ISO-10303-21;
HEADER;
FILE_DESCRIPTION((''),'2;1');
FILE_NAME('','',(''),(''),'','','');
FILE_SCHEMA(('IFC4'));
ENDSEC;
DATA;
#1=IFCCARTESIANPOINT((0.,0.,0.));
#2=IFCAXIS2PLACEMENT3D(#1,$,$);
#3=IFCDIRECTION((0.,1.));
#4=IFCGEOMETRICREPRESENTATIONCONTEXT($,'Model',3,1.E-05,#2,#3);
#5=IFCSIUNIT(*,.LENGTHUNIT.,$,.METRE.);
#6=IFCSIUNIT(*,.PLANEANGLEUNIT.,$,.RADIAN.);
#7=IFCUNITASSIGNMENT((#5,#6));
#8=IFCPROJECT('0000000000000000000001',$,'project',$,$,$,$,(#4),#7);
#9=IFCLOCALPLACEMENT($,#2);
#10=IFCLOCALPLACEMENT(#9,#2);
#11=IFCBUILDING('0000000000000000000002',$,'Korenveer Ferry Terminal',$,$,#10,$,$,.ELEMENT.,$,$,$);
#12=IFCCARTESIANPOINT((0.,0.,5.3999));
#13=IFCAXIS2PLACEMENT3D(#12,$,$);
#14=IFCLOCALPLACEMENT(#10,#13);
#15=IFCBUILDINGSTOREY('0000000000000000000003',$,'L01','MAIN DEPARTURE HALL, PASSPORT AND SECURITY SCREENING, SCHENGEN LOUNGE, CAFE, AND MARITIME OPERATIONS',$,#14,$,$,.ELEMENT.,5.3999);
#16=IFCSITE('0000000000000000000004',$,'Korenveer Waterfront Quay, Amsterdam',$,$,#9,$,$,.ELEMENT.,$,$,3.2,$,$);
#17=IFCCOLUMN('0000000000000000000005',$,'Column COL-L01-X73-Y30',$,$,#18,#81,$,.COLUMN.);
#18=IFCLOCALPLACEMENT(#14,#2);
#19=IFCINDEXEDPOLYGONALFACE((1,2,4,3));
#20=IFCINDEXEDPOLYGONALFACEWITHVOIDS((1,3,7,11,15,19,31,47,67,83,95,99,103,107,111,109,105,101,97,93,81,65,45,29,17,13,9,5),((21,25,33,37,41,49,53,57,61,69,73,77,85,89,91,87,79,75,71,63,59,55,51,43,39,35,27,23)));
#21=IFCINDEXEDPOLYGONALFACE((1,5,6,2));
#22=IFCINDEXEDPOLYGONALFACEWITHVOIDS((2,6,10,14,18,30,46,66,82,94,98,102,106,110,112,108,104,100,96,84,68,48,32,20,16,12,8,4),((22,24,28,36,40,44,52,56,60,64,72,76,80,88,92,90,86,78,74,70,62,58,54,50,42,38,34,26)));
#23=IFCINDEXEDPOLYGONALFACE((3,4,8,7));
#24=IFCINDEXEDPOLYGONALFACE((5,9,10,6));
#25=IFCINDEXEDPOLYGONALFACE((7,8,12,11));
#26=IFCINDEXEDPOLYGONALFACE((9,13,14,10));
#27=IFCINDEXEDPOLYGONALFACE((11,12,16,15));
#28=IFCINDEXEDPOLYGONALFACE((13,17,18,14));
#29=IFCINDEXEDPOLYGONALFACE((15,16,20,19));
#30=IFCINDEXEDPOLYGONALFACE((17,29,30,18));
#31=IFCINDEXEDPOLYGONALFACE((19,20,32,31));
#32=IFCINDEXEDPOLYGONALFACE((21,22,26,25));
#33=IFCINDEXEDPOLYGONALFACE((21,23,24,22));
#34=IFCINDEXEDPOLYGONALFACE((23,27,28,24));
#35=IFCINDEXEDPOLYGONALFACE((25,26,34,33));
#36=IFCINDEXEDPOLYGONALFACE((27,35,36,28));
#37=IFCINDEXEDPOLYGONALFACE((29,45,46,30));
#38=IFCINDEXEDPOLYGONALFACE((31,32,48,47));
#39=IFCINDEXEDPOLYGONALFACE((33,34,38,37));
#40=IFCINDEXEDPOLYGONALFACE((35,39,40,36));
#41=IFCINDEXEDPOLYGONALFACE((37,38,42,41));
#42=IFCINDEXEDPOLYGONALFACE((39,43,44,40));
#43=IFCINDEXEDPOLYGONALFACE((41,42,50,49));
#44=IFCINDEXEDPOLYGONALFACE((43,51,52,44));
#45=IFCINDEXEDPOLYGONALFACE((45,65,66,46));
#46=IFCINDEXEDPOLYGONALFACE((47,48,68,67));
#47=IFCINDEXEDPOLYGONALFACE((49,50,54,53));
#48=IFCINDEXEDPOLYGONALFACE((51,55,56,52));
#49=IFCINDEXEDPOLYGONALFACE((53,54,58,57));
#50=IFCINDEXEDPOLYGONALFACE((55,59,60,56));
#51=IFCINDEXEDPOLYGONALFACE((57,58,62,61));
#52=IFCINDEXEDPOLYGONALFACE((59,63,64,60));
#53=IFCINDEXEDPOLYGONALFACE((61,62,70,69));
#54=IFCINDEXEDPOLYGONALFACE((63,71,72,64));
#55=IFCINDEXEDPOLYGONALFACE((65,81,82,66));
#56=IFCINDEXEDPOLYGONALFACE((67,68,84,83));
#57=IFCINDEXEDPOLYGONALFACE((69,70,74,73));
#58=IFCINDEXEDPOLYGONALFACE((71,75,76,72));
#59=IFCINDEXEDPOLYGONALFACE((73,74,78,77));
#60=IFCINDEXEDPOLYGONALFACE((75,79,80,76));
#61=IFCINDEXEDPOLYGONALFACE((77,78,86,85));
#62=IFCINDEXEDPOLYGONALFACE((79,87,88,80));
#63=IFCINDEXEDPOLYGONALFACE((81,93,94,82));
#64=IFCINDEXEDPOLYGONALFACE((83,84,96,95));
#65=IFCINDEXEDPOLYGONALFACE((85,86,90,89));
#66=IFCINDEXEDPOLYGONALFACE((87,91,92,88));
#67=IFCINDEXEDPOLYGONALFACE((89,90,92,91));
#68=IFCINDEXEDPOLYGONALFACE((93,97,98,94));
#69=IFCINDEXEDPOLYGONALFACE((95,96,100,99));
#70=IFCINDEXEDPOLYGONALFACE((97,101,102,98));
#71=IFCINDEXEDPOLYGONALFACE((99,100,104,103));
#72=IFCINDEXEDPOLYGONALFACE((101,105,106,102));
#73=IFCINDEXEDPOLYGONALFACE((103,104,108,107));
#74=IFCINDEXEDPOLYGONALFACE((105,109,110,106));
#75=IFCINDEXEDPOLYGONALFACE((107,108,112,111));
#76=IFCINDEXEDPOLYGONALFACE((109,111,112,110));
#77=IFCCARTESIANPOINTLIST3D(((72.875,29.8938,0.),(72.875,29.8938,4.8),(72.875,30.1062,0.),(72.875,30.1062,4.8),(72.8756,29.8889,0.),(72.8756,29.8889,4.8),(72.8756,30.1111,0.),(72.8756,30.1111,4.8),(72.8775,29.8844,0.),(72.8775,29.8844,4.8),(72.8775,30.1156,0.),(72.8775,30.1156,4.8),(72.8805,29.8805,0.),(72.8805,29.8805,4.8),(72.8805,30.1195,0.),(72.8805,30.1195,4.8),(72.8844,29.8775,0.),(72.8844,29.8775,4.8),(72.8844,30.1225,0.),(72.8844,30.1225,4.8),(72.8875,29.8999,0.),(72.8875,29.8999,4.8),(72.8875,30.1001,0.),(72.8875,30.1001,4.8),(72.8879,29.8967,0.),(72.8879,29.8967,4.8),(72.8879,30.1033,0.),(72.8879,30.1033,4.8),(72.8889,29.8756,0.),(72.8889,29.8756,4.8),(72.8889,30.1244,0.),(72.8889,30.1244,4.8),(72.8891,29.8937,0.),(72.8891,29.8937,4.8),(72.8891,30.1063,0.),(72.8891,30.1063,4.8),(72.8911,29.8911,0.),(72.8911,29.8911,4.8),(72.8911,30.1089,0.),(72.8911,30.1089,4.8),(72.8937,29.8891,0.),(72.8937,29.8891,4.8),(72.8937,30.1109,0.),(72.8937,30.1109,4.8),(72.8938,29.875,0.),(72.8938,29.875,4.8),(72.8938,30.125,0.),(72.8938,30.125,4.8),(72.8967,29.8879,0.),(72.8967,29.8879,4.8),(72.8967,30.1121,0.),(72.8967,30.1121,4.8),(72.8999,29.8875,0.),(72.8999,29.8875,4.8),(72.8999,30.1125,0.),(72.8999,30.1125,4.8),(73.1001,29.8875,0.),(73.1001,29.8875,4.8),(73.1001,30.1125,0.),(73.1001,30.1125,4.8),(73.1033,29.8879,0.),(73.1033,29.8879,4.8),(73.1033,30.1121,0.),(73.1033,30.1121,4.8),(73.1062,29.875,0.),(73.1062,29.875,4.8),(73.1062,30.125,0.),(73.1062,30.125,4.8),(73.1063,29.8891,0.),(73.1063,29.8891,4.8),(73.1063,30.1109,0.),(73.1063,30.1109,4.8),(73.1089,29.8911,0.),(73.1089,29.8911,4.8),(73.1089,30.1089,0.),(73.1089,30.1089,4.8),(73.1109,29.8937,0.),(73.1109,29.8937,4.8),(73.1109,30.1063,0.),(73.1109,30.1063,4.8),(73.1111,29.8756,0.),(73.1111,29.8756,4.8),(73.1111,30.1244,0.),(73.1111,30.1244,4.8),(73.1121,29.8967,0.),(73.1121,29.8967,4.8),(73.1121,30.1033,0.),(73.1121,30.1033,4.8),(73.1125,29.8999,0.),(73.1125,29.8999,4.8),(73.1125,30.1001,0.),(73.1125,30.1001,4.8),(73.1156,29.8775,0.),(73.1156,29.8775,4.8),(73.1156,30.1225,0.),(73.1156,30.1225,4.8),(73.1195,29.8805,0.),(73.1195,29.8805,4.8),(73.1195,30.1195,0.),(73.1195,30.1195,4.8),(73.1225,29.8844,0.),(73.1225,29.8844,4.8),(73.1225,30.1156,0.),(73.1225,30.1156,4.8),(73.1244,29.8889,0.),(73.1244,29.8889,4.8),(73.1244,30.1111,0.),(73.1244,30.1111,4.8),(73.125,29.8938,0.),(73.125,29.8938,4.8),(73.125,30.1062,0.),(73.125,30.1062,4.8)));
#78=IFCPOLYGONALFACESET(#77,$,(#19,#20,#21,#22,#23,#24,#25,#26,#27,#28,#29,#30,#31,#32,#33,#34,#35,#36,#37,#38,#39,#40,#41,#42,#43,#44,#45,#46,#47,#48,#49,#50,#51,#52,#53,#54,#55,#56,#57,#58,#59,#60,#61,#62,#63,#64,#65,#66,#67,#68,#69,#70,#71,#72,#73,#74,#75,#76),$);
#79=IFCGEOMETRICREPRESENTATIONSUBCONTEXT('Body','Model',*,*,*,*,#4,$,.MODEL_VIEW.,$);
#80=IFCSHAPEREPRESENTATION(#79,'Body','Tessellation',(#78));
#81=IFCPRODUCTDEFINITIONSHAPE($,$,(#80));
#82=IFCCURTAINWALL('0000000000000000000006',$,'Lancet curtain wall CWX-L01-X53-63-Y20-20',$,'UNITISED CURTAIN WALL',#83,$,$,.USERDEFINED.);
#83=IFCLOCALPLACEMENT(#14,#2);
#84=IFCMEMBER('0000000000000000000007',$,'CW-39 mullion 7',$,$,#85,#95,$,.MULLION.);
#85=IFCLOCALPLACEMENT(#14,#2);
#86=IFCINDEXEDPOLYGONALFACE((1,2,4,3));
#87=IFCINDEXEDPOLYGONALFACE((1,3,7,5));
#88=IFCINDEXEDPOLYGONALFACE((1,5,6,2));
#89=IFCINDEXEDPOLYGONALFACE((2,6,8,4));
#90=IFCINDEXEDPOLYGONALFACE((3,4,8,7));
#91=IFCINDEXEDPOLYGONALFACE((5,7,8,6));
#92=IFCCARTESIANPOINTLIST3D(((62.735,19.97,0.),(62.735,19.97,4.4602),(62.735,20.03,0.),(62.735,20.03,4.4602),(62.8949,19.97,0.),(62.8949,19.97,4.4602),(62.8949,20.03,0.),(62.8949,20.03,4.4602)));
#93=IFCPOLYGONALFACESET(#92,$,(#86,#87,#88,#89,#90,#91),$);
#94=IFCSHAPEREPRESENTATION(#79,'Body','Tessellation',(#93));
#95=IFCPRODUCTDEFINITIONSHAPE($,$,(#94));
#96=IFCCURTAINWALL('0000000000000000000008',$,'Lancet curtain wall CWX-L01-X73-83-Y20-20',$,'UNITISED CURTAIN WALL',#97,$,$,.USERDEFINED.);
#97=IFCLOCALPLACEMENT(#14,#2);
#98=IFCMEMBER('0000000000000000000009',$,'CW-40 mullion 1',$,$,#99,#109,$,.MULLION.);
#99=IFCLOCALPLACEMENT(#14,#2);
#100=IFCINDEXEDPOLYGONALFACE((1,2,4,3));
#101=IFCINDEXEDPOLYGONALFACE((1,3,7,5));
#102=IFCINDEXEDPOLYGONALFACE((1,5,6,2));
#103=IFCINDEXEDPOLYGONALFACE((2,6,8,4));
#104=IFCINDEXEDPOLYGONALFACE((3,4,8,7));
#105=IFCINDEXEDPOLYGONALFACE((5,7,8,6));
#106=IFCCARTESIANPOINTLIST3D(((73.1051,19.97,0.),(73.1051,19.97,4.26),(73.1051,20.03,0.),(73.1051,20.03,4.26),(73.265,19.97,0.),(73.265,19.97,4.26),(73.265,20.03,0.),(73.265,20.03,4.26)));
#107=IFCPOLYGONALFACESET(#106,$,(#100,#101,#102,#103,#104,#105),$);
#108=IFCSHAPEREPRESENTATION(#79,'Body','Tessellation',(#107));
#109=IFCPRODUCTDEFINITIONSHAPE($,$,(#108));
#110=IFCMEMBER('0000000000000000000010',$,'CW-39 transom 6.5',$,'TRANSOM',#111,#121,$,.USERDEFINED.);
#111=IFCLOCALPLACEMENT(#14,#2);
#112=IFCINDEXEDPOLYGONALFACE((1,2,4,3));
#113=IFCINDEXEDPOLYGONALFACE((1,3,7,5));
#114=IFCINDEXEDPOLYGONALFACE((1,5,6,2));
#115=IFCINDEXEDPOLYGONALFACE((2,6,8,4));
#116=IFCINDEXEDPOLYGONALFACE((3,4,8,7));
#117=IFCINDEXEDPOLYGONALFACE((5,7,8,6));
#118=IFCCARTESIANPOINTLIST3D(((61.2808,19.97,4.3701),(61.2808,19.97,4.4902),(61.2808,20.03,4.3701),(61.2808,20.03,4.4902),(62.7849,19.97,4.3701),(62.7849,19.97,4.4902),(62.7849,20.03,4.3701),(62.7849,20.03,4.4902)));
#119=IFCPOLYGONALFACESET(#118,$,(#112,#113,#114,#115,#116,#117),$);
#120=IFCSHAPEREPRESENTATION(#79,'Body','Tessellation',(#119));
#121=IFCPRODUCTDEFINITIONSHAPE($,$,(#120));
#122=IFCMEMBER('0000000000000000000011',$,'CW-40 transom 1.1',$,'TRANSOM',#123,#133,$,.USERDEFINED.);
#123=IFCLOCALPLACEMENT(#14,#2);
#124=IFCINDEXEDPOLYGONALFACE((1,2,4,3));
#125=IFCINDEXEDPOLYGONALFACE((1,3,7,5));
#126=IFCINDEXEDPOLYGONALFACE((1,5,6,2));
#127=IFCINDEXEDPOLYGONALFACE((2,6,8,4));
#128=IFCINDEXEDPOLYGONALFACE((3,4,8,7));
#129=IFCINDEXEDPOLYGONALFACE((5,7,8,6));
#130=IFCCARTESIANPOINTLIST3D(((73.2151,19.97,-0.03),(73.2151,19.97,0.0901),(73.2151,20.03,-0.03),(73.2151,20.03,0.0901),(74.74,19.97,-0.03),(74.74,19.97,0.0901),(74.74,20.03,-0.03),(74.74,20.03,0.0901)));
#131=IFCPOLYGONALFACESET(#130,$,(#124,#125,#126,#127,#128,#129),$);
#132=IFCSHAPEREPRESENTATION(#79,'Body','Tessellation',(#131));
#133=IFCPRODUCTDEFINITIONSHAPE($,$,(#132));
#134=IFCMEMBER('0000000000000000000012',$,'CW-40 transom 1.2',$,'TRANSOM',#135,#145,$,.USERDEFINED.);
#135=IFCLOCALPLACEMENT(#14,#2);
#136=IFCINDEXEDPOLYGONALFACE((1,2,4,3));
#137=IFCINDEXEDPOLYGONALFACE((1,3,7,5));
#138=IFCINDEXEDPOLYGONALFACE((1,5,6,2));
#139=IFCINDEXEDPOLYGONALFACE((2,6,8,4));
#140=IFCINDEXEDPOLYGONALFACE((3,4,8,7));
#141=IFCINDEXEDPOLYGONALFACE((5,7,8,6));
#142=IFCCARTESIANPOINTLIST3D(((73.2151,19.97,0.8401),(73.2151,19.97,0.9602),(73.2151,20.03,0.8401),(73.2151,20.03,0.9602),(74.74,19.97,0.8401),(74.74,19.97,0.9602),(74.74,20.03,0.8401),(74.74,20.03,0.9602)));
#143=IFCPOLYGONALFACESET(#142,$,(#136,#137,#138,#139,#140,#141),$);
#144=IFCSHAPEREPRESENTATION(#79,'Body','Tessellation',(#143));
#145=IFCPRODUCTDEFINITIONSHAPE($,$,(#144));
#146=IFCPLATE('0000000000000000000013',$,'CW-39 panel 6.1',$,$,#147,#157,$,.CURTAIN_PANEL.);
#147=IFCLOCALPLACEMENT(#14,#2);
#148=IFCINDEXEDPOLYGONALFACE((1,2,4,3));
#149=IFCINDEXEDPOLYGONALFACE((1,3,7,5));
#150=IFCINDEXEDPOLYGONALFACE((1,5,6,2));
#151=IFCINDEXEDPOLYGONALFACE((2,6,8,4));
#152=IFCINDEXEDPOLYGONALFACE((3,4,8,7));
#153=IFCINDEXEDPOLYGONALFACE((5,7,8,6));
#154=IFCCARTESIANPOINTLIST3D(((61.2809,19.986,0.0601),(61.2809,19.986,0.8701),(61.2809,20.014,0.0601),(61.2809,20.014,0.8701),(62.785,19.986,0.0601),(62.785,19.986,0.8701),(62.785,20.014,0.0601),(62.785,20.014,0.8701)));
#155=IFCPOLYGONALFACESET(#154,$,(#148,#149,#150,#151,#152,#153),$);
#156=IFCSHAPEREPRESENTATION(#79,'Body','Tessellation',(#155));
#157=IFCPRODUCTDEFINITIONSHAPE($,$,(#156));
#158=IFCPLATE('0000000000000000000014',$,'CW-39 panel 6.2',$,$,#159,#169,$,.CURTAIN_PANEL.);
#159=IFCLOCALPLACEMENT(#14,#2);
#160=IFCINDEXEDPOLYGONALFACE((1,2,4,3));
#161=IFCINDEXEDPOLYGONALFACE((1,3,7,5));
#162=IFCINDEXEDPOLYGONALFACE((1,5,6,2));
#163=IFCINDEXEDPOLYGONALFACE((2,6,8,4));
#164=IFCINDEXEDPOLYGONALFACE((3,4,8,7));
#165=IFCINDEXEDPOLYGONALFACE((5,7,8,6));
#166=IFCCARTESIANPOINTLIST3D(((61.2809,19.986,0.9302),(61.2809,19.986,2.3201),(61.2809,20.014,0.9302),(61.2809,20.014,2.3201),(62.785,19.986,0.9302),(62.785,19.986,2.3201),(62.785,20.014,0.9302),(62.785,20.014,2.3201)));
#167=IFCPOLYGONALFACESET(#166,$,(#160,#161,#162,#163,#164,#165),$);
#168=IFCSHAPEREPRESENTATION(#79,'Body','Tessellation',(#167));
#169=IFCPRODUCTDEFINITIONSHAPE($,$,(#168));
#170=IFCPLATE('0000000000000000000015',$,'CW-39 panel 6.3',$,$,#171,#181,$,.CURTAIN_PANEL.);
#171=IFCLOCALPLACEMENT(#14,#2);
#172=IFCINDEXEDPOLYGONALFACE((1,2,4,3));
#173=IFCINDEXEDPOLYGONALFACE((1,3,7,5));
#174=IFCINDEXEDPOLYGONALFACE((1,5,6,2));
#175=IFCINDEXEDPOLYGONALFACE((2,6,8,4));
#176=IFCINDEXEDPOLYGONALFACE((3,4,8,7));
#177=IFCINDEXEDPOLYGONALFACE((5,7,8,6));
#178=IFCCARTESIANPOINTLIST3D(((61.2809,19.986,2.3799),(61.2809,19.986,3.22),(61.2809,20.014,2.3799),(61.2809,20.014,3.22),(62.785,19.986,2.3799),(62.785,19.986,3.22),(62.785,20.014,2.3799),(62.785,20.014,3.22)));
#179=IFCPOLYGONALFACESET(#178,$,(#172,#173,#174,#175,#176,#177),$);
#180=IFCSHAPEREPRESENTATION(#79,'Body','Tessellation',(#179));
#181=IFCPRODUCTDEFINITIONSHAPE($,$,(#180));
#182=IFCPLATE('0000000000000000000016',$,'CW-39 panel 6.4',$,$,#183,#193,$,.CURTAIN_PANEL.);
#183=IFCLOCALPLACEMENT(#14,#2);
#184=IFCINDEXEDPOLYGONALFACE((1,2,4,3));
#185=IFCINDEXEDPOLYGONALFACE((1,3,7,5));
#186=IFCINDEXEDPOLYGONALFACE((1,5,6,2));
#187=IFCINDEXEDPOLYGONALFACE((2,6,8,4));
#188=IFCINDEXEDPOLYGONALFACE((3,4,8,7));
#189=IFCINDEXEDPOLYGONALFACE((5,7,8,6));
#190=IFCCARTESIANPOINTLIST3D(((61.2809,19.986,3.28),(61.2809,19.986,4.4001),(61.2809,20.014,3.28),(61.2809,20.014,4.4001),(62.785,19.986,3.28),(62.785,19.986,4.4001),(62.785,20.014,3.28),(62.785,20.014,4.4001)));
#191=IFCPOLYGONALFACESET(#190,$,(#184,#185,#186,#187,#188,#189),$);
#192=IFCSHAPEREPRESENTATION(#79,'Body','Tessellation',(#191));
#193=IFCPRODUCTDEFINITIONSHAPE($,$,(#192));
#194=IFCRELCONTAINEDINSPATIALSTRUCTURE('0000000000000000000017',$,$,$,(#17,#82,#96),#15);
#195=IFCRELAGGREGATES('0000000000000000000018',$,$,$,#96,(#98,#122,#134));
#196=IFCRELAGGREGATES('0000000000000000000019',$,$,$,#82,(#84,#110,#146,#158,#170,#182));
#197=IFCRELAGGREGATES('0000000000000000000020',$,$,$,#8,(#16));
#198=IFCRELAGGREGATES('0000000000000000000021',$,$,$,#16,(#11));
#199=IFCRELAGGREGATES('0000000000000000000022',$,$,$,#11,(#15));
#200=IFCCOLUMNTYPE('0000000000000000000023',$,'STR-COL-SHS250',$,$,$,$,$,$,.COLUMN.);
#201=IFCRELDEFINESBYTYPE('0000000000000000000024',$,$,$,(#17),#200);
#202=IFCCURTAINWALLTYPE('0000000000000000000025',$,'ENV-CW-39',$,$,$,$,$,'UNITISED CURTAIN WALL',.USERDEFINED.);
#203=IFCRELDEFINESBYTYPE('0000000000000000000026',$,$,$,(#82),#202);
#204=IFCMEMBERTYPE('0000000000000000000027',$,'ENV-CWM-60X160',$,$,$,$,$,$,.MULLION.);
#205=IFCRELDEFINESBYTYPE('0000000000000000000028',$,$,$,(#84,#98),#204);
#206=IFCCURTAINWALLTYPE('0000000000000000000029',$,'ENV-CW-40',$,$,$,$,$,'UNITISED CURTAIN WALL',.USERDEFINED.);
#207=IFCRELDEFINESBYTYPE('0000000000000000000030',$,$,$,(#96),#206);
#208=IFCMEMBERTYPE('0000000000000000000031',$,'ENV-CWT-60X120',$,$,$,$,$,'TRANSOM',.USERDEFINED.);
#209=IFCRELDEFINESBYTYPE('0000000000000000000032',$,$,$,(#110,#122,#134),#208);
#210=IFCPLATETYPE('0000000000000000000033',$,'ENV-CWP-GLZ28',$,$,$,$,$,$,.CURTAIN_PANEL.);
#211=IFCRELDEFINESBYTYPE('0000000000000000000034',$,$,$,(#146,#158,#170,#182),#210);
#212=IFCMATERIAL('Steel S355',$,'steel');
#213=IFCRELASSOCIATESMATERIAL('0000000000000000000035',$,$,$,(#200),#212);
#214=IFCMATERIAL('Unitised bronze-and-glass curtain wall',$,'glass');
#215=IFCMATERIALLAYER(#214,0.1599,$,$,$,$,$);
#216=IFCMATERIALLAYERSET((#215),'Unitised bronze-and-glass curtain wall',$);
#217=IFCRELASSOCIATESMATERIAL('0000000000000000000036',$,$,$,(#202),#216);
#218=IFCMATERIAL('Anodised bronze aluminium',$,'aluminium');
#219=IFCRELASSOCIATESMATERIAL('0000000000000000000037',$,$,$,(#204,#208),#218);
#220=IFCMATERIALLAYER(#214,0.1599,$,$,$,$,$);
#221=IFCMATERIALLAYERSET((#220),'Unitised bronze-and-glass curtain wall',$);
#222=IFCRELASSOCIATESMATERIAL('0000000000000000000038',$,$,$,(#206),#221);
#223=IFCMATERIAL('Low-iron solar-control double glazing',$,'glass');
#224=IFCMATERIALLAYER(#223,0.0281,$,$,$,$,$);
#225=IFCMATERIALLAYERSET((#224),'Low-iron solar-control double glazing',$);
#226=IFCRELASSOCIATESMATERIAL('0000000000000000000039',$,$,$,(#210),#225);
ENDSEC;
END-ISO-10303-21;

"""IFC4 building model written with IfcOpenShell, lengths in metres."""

from ifc_helpers import new_model, si_unit, direction, frame, origin, origin_2d, place, context, subcontext, project, spatial, rectangle, hollow_rectangle, extrude, material, layer, layer_set, material_profile, profile_set, type_object, element, aggregate, save


model = new_model("IFC4")

# Units and contexts
model_context = context("Model", 3, precision=1e-05, world=origin(), true_north=direction((0.0, 1.0)))
body_context = subcontext(model_context, "Body", "Model", "MODEL_VIEW")
ifc_project = project(units=[si_unit("LENGTHUNIT", "METRE"), si_unit("PLANEANGLEUNIT", "RADIAN")], contexts=[model_context])

# Site, building, storey
site_placement = place(None, origin())
site = spatial("IfcSite", under=ifc_project, at=site_placement, Name="Korenveer Waterfront Quay, Amsterdam", CompositionType="ELEMENT", RefElevation=3.2)
building_placement = place(site_placement, origin())
building = spatial("IfcBuilding", under=site, at=building_placement, Name="Korenveer Ferry Terminal", CompositionType="ELEMENT")
storey_placement = place(building_placement, frame((0.0, 0.0, 5.3999)))
storey = spatial("IfcBuildingStorey", under=building, at=storey_placement, Name="L01", Description="MAIN DEPARTURE HALL, PASSPORT AND SECURITY SCREENING, SCHENGEN LOUNGE, CAFE, AND MARITIME OPERATIONS", CompositionType="ELEMENT", Elevation=5.3999)

# Column
ifc_material_1 = material(Name="Steel S355", Category="steel")
ifc_material_profile_1 = material_profile(ifc_material_1, hollow_rectangle(XDim=0.25, YDim=0.25, WallThickness=0.0125, InnerFilletRadius=0.0125, OuterFilletRadius=0.0188, at=origin_2d()), Name="SHS 250x250x12.5")
ifc_profile_set_1 = profile_set([ifc_material_profile_1], Name="Steel S355")
column_type = type_object("IfcColumnType", Name="STR-COL-SHS250", PredefinedType="COLUMN", material=ifc_profile_set_1)
for number, where, z_axis, x_axis, name in (
    (1, (73.0, 30.0, 0.0), (0.0, 0.0, 1.0), (1.0, 0.0, 0.0), "Column COL-L01-X73-Y30"),
):
    element("IfcColumn", number, at=place(storey_placement, frame(where, z_axis=z_axis, x_axis=x_axis)), inside=storey, type_object=column_type, Name=name, PredefinedType="COLUMN", context=body_context, shape_type="SweptSolid", body=[
        extrude(hollow_rectangle(XDim=0.25, YDim=0.25, WallThickness=0.0125, InnerFilletRadius=0.0125, OuterFilletRadius=0.0188, at=origin_2d()), origin(), (0.0, 0.0, 1.0), 4.8),
    ])

# Curtain walls, members
ifc_material_2 = material(Name="Unitised bronze-and-glass curtain wall", Category="glass")
ifc_layer_1 = layer(ifc_material_2, 0.1599)
ifc_layer_set_1 = layer_set([ifc_layer_1], Name="Unitised bronze-and-glass curtain wall")
curtain_wall_type_1 = type_object("IfcCurtainWallType", Name="ENV-CW-39", ElementType="UNITISED CURTAIN WALL", PredefinedType="USERDEFINED", material=ifc_layer_set_1)
curtain_wall_1_placement = place(storey_placement, frame((53.28, 20.0, 0.0)))
curtain_wall_1 = element("IfcCurtainWall", 2, at=curtain_wall_1_placement, inside=storey, type_object=curtain_wall_type_1, Name="Lancet curtain wall CWX-L01-X53-63-Y20-20", ObjectType="UNITISED CURTAIN WALL", PredefinedType="USERDEFINED")
ifc_material_3 = material(Name="Anodised bronze aluminium", Category="aluminium")
ifc_material_profile_2 = material_profile(ifc_material_3, rectangle(XDim=0.0601, YDim=0.1599, at=origin_2d()), Name="ALU 60x160")
ifc_profile_set_2 = profile_set([ifc_material_profile_2], Name="Anodised bronze aluminium")
member_type_1 = type_object("IfcMemberType", Name="ENV-CWM-60X160", PredefinedType="MULLION", material=ifc_profile_set_2)
member_1_placement = place(storey_placement, frame((62.8149, 20.0, 0.0), z_axis=(0.0, 0.0, 1.0), x_axis=(0.0, 1.0, 0.0)))
member_1 = element("IfcMember", 3, at=member_1_placement, type_object=member_type_1, Name="CW-39 mullion 7", PredefinedType="MULLION", context=body_context, shape_type="SweptSolid", body=[
    extrude(rectangle(XDim=0.0601, YDim=0.1599, at=origin_2d()), origin(), (0.0, 0.0, 1.0), 4.4602),
])
ifc_layer_2 = layer(ifc_material_2, 0.1599)
ifc_layer_set_2 = layer_set([ifc_layer_2], Name="Unitised bronze-and-glass curtain wall")
curtain_wall_type_2 = type_object("IfcCurtainWallType", Name="ENV-CW-40", ElementType="UNITISED CURTAIN WALL", PredefinedType="USERDEFINED", material=ifc_layer_set_2)
curtain_wall_2_placement = place(storey_placement, frame((73.155, 20.0, 0.0)))
curtain_wall_2 = element("IfcCurtainWall", 4, at=curtain_wall_2_placement, inside=storey, type_object=curtain_wall_type_2, Name="Lancet curtain wall CWX-L01-X73-83-Y20-20", ObjectType="UNITISED CURTAIN WALL", PredefinedType="USERDEFINED")
member_2_placement = place(storey_placement, frame((73.1851, 20.0, 0.0), z_axis=(0.0, 0.0, 1.0), x_axis=(0.0, 1.0, 0.0)))
member_2 = element("IfcMember", 5, at=member_2_placement, type_object=member_type_1, Name="CW-40 mullion 1", PredefinedType="MULLION", context=body_context, shape_type="SweptSolid", body=[
    extrude(rectangle(XDim=0.0601, YDim=0.1599, at=origin_2d()), origin(), (0.0, 0.0, 1.0), 4.26),
])

# Members
ifc_material_profile_3 = material_profile(ifc_material_3, rectangle(XDim=0.0601, YDim=0.1201, at=origin_2d()), Name="ALU 60x120")
ifc_profile_set_3 = profile_set([ifc_material_profile_3], Name="Anodised bronze aluminium")
member_type_2 = type_object("IfcMemberType", Name="ENV-CWT-60X120", ElementType="TRANSOM", PredefinedType="USERDEFINED", material=ifc_profile_set_3)
member_3_placement = place(storey_placement, frame((61.2808, 20.0, 4.4302), z_axis=(1.0, 0.0, 0.0), x_axis=(0.0, 1.0, 0.0)))
member_3 = element("IfcMember", 6, at=member_3_placement, type_object=member_type_2, Name="CW-39 transom 6.5", ObjectType="TRANSOM", PredefinedType="USERDEFINED", context=body_context, shape_type="SweptSolid", body=[
    extrude(rectangle(XDim=0.0601, YDim=0.1201, at=origin_2d()), origin(), (0.0, 0.0, 1.0), 1.5042),
])
member_4_placement = place(storey_placement, frame((73.2151, 20.0, 0.03), z_axis=(1.0, 0.0, 0.0), x_axis=(0.0, 1.0, 0.0)))
member_4 = element("IfcMember", 7, at=member_4_placement, type_object=member_type_2, Name="CW-40 transom 1.1", ObjectType="TRANSOM", PredefinedType="USERDEFINED", context=body_context, shape_type="SweptSolid", body=[
    extrude(rectangle(XDim=0.0601, YDim=0.1201, at=origin_2d()), origin(), (0.0, 0.0, 1.0), 1.5249),
])
member_5_placement = place(storey_placement, frame((73.2151, 20.0, 0.9001), z_axis=(1.0, 0.0, 0.0), x_axis=(0.0, 1.0, 0.0)))
member_5 = element("IfcMember", 8, at=member_5_placement, type_object=member_type_2, Name="CW-40 transom 1.2", ObjectType="TRANSOM", PredefinedType="USERDEFINED", context=body_context, shape_type="SweptSolid", body=[
    extrude(rectangle(XDim=0.0601, YDim=0.1201, at=origin_2d()), origin(), (0.0, 0.0, 1.0), 1.5249),
])
aggregate(curtain_wall_2, [member_2, member_4, member_5])

# Plates
ifc_material_4 = material(Name="Low-iron solar-control double glazing", Category="glass")
ifc_layer_3 = layer(ifc_material_4, 0.0281)
ifc_layer_set_3 = layer_set([ifc_layer_3], Name="Low-iron solar-control double glazing")
plate_type_1 = type_object("IfcPlateType", Name="ENV-CWP-GLZ28", PredefinedType="CURTAIN_PANEL", material=ifc_layer_set_3)
plate_1_placement = place(storey_placement, frame((62.033, 20.0, 0.0601), z_axis=(0.0, 0.0, 1.0), x_axis=(1.0, 0.0, 0.0)))
plate_1 = element("IfcPlate", 9, at=plate_1_placement, type_object=plate_type_1, Name="CW-39 panel 6.1", PredefinedType="CURTAIN_PANEL", context=body_context, shape_type="SweptSolid", body=[
    extrude(rectangle(XDim=1.5042, YDim=0.0281, at=origin_2d()), origin(), (0.0, 0.0, 1.0), 0.8101),
])
plate_2_placement = place(storey_placement, frame((62.033, 20.0, 0.9302), z_axis=(0.0, 0.0, 1.0), x_axis=(1.0, 0.0, 0.0)))
plate_2 = element("IfcPlate", 10, at=plate_2_placement, type_object=plate_type_1, Name="CW-39 panel 6.2", PredefinedType="CURTAIN_PANEL", context=body_context, shape_type="SweptSolid", body=[
    extrude(rectangle(XDim=1.5042, YDim=0.0281, at=origin_2d()), origin(), (0.0, 0.0, 1.0), 1.3899),
])
plate_3_placement = place(storey_placement, frame((62.033, 20.0, 2.3799), z_axis=(0.0, 0.0, 1.0), x_axis=(1.0, 0.0, 0.0)))
plate_3 = element("IfcPlate", 11, at=plate_3_placement, type_object=plate_type_1, Name="CW-39 panel 6.3", PredefinedType="CURTAIN_PANEL", context=body_context, shape_type="SweptSolid", body=[
    extrude(rectangle(XDim=1.5042, YDim=0.0281, at=origin_2d()), origin(), (0.0, 0.0, 1.0), 0.8401),
])
plate_4_placement = place(storey_placement, frame((62.033, 20.0, 3.28), z_axis=(0.0, 0.0, 1.0), x_axis=(1.0, 0.0, 0.0)))
plate_4 = element("IfcPlate", 12, at=plate_4_placement, type_object=plate_type_1, Name="CW-39 panel 6.4", PredefinedType="CURTAIN_PANEL", context=body_context, shape_type="SweptSolid", body=[
    extrude(rectangle(XDim=1.5042, YDim=0.0281, at=origin_2d()), origin(), (0.0, 0.0, 1.0), 1.1201),
])
aggregate(curtain_wall_1, [member_1, member_3, plate_1, plate_2, plate_3, plate_4])

save(model, "model.ifc")
